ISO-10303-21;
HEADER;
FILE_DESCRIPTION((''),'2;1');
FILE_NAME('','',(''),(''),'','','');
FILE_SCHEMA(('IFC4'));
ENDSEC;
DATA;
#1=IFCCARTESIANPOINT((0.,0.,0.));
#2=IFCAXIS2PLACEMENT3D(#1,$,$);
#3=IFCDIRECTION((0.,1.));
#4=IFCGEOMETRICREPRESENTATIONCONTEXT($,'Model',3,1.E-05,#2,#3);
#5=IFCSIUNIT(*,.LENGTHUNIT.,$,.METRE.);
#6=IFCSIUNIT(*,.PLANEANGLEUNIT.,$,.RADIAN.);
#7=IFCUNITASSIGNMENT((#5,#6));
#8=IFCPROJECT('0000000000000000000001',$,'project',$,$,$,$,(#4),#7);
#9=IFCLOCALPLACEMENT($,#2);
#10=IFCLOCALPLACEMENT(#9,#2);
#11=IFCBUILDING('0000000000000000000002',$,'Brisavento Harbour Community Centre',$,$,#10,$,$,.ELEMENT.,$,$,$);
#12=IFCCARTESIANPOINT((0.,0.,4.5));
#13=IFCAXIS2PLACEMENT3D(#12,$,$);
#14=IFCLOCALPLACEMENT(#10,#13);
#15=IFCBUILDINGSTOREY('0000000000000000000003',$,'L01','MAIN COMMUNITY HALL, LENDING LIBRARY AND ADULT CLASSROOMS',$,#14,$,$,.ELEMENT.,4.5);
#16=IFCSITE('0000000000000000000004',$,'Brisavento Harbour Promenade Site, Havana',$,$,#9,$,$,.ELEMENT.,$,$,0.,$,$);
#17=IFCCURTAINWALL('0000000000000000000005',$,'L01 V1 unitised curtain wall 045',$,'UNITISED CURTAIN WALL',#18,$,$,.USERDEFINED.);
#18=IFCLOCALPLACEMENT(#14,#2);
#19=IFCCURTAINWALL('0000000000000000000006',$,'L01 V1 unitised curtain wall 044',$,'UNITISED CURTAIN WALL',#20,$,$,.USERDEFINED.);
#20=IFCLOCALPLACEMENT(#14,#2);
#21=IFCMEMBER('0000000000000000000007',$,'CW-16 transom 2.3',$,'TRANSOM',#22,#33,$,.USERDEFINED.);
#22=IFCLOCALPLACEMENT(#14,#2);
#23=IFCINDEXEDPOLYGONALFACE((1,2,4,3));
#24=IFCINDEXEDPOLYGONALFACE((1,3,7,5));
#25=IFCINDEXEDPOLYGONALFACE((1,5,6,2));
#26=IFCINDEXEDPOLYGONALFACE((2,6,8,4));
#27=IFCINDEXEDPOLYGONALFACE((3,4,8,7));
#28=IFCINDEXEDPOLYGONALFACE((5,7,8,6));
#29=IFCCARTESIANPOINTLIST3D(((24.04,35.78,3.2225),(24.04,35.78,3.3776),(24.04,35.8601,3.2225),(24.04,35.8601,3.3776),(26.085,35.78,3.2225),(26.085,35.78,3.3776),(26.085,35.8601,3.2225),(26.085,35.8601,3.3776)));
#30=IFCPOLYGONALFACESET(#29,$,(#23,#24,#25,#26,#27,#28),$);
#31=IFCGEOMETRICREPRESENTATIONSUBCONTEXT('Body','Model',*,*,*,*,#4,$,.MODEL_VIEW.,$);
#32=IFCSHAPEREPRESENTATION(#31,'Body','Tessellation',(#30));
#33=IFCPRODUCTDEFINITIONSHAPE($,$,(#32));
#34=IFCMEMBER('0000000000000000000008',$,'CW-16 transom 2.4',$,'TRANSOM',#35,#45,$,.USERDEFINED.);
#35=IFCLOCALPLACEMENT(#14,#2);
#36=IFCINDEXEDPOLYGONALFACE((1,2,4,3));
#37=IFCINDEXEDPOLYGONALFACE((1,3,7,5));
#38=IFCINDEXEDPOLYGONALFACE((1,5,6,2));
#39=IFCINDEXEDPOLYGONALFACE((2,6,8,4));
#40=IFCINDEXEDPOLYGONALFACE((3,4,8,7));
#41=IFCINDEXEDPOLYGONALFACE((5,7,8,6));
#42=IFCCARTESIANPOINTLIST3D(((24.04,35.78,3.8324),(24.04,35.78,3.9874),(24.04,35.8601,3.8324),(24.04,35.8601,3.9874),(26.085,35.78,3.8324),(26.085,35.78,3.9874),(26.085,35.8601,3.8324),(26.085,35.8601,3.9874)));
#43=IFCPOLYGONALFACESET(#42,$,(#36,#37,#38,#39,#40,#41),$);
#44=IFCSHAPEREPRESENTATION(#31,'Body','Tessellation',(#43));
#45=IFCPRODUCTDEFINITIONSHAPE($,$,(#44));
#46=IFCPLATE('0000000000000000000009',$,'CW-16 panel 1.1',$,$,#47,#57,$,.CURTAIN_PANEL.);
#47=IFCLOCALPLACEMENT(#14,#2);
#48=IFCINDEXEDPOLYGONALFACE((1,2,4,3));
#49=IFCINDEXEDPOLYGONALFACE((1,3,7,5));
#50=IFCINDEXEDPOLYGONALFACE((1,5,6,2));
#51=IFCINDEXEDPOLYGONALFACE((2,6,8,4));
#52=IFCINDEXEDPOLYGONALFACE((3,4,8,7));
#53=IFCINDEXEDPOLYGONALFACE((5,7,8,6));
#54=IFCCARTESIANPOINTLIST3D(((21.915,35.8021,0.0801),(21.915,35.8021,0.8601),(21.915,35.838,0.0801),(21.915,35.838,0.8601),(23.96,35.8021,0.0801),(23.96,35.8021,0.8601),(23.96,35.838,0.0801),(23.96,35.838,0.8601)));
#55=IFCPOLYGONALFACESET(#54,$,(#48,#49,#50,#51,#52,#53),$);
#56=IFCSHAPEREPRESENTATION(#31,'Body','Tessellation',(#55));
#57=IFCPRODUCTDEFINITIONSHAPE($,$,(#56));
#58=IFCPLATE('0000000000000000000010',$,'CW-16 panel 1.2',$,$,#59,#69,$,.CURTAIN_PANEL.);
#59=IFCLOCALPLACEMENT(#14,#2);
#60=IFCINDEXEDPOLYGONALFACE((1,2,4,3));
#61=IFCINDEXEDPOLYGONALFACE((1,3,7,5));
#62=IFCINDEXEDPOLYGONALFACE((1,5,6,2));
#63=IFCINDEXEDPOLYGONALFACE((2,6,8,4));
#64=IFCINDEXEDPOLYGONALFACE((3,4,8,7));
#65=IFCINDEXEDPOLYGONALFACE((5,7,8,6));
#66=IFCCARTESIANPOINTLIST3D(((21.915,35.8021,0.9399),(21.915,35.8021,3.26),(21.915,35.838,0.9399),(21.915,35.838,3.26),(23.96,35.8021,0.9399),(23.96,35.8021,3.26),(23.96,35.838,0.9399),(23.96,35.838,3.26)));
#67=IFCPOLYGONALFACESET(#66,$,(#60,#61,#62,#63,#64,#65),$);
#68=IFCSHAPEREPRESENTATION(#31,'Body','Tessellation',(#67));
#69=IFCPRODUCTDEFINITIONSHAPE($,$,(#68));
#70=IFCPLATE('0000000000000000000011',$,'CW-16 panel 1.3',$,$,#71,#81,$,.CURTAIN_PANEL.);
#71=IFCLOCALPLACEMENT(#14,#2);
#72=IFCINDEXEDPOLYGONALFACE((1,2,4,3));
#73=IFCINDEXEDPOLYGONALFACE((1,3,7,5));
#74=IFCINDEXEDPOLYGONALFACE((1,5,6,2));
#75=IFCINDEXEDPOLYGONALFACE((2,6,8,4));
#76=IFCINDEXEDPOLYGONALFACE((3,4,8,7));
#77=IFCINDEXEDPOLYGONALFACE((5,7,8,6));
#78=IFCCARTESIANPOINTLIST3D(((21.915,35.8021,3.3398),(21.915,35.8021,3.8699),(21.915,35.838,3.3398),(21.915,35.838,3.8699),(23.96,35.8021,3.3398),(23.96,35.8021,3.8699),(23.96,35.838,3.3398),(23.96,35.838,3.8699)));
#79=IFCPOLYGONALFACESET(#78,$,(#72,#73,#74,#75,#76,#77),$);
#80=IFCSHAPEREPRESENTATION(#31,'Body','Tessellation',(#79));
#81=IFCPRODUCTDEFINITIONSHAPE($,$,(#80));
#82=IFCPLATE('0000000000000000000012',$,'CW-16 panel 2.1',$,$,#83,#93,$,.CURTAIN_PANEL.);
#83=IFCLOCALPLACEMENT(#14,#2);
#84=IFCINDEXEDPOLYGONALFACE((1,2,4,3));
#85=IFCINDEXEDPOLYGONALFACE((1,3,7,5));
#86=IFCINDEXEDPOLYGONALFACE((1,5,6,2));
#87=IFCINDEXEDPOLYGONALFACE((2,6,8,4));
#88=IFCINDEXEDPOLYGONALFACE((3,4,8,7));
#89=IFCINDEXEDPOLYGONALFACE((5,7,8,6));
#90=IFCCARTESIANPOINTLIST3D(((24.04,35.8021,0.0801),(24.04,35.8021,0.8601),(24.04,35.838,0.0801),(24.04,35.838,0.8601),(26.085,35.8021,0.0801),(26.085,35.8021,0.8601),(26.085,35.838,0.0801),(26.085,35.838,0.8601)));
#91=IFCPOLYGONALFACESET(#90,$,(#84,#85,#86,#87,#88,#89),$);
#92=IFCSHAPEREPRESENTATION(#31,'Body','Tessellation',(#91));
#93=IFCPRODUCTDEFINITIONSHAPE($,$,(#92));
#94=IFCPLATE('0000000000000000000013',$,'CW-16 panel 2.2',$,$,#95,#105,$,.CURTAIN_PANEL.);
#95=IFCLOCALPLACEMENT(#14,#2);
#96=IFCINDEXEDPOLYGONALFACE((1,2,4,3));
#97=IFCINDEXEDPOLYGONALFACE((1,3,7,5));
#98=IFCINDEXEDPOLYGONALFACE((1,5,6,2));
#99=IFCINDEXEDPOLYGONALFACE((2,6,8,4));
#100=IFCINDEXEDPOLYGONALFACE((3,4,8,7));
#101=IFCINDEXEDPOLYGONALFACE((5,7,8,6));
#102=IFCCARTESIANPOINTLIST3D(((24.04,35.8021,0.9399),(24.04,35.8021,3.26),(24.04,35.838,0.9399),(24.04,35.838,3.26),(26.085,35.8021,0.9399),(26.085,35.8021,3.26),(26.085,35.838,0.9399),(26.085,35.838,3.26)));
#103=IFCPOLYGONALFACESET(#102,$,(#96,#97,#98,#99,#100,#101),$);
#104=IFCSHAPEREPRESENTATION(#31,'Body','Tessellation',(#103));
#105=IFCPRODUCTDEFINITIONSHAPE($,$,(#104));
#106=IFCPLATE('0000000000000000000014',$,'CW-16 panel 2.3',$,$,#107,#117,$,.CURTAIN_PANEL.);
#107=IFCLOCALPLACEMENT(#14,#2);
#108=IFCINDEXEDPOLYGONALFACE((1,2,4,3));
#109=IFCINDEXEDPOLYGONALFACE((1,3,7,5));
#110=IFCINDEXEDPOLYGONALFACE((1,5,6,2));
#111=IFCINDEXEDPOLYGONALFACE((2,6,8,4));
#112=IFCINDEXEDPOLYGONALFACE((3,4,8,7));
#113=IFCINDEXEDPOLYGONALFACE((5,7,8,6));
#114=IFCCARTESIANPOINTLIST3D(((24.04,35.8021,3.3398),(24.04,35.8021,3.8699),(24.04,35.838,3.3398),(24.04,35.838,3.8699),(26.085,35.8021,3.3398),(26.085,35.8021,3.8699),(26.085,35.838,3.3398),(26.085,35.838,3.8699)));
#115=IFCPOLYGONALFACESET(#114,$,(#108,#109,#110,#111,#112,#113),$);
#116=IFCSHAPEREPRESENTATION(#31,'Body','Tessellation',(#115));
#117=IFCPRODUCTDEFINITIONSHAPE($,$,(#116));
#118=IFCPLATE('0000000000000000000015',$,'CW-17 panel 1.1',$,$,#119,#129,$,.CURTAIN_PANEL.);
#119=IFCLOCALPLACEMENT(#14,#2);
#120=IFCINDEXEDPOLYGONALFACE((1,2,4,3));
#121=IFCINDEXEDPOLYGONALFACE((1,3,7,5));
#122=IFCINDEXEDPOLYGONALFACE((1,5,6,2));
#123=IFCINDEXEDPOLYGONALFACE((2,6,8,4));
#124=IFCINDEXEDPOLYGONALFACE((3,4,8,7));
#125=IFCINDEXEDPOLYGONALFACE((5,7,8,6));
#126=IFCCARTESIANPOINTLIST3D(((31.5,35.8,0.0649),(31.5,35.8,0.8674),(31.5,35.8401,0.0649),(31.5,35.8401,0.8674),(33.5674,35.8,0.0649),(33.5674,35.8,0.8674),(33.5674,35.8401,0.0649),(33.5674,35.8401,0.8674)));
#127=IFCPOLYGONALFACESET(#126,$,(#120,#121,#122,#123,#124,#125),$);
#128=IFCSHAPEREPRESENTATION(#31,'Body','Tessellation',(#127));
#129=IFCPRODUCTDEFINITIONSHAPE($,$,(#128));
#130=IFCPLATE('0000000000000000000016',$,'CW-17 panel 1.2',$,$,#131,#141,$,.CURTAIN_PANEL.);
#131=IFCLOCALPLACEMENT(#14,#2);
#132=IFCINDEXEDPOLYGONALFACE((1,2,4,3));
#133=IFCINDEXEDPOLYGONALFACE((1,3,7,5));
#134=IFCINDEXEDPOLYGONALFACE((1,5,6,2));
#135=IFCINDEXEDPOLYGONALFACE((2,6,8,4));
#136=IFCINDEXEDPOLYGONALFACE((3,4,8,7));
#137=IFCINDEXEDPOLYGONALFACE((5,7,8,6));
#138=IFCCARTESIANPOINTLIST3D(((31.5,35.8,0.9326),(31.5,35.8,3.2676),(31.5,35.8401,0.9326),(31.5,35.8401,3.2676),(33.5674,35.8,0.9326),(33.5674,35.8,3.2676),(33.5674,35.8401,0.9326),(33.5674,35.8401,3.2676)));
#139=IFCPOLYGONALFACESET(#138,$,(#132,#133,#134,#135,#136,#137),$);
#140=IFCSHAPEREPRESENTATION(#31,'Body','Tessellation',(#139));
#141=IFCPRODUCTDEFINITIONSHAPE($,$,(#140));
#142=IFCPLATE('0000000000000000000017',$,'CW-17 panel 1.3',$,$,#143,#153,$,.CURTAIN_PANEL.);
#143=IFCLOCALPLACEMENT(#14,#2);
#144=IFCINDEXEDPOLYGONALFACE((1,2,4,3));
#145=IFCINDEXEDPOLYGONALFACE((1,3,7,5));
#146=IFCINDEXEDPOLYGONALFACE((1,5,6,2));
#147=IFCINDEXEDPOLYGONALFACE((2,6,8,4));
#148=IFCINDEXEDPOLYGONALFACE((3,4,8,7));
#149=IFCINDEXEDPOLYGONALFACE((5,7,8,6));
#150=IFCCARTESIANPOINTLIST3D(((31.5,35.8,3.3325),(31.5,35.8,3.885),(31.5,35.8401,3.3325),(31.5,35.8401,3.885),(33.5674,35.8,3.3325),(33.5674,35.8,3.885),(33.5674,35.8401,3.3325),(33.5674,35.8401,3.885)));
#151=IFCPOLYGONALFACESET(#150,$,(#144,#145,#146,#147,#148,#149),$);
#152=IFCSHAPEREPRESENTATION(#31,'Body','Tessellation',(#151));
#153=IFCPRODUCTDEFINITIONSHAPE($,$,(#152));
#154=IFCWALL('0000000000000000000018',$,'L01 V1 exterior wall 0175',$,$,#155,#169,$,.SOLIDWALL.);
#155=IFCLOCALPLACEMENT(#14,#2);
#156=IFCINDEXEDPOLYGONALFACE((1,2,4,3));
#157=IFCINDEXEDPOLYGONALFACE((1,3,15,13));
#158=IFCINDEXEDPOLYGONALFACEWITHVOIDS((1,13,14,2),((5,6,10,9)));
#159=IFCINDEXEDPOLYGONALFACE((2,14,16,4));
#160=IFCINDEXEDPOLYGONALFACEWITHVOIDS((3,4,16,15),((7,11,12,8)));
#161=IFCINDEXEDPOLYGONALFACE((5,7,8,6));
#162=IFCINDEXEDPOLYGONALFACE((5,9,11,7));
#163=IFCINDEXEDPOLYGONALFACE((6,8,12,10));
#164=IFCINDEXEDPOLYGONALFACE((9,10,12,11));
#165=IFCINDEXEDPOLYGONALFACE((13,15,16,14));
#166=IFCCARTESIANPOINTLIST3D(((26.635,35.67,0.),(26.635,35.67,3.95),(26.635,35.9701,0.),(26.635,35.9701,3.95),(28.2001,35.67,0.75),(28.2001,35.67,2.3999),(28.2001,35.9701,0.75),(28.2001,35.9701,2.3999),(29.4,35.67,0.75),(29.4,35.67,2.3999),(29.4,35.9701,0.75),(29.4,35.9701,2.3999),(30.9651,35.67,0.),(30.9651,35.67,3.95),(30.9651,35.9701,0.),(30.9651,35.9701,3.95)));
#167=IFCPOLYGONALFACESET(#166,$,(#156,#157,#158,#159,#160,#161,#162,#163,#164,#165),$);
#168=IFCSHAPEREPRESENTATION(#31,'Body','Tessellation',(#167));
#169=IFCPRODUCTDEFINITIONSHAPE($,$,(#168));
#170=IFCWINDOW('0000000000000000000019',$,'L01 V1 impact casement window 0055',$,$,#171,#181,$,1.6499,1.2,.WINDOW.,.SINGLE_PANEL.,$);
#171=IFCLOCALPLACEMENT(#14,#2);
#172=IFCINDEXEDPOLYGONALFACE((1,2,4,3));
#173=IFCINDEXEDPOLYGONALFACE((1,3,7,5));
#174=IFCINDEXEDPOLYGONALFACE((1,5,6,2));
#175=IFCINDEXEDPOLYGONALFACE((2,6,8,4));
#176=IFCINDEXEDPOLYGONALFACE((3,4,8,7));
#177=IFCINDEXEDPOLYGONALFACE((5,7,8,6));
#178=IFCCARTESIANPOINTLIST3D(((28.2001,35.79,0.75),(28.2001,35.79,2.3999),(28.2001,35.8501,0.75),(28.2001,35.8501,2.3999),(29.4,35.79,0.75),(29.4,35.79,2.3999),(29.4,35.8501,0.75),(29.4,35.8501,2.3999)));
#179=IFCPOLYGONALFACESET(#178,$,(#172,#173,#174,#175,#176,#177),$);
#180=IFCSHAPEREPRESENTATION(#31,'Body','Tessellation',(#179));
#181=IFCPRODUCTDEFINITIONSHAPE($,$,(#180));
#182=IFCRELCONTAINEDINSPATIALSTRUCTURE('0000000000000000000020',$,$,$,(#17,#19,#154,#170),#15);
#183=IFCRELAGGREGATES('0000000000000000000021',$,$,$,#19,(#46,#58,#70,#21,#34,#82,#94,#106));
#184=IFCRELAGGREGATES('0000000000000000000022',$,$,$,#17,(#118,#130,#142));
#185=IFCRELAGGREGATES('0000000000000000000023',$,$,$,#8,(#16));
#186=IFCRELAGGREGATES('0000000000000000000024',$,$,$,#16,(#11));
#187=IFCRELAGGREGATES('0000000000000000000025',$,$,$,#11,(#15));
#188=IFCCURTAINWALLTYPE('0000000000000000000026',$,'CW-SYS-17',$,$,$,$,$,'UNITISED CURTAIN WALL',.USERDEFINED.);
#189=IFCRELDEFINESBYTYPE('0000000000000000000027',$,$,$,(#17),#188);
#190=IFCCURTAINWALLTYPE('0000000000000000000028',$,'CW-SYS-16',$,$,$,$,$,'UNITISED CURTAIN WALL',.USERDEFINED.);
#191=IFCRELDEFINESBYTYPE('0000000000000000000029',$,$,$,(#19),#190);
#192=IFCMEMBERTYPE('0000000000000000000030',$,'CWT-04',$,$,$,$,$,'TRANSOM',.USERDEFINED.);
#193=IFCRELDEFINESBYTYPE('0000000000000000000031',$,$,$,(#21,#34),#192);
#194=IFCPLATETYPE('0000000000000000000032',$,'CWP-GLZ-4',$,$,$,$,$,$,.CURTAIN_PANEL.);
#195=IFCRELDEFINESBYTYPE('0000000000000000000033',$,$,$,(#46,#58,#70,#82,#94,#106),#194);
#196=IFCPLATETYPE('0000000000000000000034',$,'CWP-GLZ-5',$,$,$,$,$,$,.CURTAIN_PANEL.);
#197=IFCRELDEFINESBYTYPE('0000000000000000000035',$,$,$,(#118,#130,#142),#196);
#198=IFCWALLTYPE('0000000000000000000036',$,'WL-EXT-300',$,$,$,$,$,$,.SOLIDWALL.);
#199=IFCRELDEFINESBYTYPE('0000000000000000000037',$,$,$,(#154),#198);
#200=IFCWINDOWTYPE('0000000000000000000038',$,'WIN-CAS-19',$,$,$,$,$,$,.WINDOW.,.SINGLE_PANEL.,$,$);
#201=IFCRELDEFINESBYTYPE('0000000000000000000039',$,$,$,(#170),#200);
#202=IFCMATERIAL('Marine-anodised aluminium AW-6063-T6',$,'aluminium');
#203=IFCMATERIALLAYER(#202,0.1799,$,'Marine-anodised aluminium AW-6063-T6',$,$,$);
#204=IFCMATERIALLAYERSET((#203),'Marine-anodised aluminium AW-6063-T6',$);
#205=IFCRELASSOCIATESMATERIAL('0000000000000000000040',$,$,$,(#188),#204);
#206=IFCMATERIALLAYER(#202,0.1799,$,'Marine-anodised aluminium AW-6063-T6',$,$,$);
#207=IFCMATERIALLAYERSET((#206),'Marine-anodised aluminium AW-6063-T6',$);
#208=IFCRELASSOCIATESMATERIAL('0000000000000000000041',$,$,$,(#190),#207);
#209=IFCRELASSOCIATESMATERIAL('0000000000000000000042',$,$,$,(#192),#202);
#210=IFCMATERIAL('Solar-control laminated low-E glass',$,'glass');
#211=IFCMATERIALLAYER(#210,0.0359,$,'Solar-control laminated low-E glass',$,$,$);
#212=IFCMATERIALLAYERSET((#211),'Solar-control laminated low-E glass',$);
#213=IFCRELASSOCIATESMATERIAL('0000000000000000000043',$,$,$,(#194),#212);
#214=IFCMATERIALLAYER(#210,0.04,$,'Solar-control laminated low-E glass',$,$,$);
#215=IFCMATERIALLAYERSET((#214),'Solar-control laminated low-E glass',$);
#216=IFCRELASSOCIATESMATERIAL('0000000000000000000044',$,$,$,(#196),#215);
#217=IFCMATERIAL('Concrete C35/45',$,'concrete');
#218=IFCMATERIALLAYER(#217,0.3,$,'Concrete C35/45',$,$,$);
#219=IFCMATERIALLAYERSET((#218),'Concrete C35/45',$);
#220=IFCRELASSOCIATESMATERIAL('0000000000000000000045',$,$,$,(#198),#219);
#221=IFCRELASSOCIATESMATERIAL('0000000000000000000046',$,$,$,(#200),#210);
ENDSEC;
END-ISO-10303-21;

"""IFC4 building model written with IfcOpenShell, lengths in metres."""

from ifc_helpers import new_model, si_unit, direction, frame, frame_2d, origin, origin_2d, place, context, subcontext, project, spatial, rectangle, extrude, material, layer, layer_set, material_profile, profile_set, type_object, element, fill, aggregate, save


model = new_model("IFC4")

# Units and contexts
model_context = context("Model", 3, precision=1e-05, world=origin(), true_north=direction((0.0, 1.0)))
body_context = subcontext(model_context, "Body", "Model", "MODEL_VIEW")
ifc_project = project(units=[si_unit("LENGTHUNIT", "METRE"), si_unit("PLANEANGLEUNIT", "RADIAN")], contexts=[model_context])

# Site, building, storey
site_placement = place(None, origin())
site = spatial("IfcSite", under=ifc_project, at=site_placement, Name="Brisavento Harbour Promenade Site, Havana", CompositionType="ELEMENT", RefElevation=0.0)
building_placement = place(site_placement, origin())
building = spatial("IfcBuilding", under=site, at=building_placement, Name="Brisavento Harbour Community Centre", CompositionType="ELEMENT")
storey_placement = place(building_placement, frame((0.0, 0.0, 4.5)))
storey = spatial("IfcBuildingStorey", under=building, at=storey_placement, Name="L01", Description="MAIN COMMUNITY HALL, LENDING LIBRARY AND ADULT CLASSROOMS", CompositionType="ELEMENT", Elevation=4.5)

# Curtain wall
ifc_material_1 = material(Name="Marine-anodised aluminium AW-6063-T6", Category="aluminium")
ifc_layer_1 = layer(ifc_material_1, 0.1799, Name="Marine-anodised aluminium AW-6063-T6")
ifc_layer_set_1 = layer_set([ifc_layer_1], Name="Marine-anodised aluminium AW-6063-T6")
curtain_wall_type_1 = type_object("IfcCurtainWallType", Name="CW-SYS-17", ElementType="UNITISED CURTAIN WALL", PredefinedType="USERDEFINED", material=ifc_layer_set_1)
curtain_wall_1_placement = place(storey_placement, origin())
curtain_wall_1 = element("IfcCurtainWall", 1, at=curtain_wall_1_placement, inside=storey, type_object=curtain_wall_type_1, Name="L01 V1 unitised curtain wall 045", ObjectType="UNITISED CURTAIN WALL", PredefinedType="USERDEFINED")

# Curtain wall
ifc_layer_2 = layer(ifc_material_1, 0.1799, Name="Marine-anodised aluminium AW-6063-T6")
ifc_layer_set_2 = layer_set([ifc_layer_2], Name="Marine-anodised aluminium AW-6063-T6")
curtain_wall_type_2 = type_object("IfcCurtainWallType", Name="CW-SYS-16", ElementType="UNITISED CURTAIN WALL", PredefinedType="USERDEFINED", material=ifc_layer_set_2)
curtain_wall_2_placement = place(storey_placement, origin())
curtain_wall_2 = element("IfcCurtainWall", 2, at=curtain_wall_2_placement, inside=storey, type_object=curtain_wall_type_2, Name="L01 V1 unitised curtain wall 044", ObjectType="UNITISED CURTAIN WALL", PredefinedType="USERDEFINED")

# Members
ifc_material_profile_1 = material_profile(ifc_material_1, rectangle(XDim=0.0801, YDim=0.155, at=origin_2d()), Name="Marine-anodised aluminium AW-6063-T6")
ifc_profile_set_1 = profile_set([ifc_material_profile_1], Name="Marine-anodised aluminium AW-6063-T6")
member_type_1 = type_object("IfcMemberType", Name="CWT-04", ElementType="TRANSOM", PredefinedType="USERDEFINED", material=ifc_profile_set_1)
member_1_placement = place(storey_placement, frame((24.04, 35.8201, 3.3), z_axis=(1.0, 0.0, 0.0), x_axis=(0.0, 1.0, 0.0)))
member_1 = element("IfcMember", 3, at=member_1_placement, type_object=member_type_1, Name="CW-16 transom 2.3", ObjectType="TRANSOM", PredefinedType="USERDEFINED", context=body_context, shape_type="SweptSolid", body=[
    extrude(rectangle(XDim=0.0801, YDim=0.155, at=origin_2d()), origin(), (0.0, 0.0, 1.0), 2.0449),
])
member_2_placement = place(storey_placement, frame((24.04, 35.8201, 3.9099), z_axis=(1.0, 0.0, 0.0), x_axis=(0.0, 1.0, 0.0)))
member_2 = element("IfcMember", 4, at=member_2_placement, type_object=member_type_1, Name="CW-16 transom 2.4", ObjectType="TRANSOM", PredefinedType="USERDEFINED", context=body_context, shape_type="SweptSolid", body=[
    extrude(rectangle(XDim=0.0801, YDim=0.155, at=origin_2d()), origin(), (0.0, 0.0, 1.0), 2.0449),
])

# Plates
ifc_material_2 = material(Name="Solar-control laminated low-E glass", Category="glass")
ifc_layer_3 = layer(ifc_material_2, 0.0359, Name="Solar-control laminated low-E glass")
ifc_layer_set_3 = layer_set([ifc_layer_3], Name="Solar-control laminated low-E glass")
plate_type_1 = type_object("IfcPlateType", Name="CWP-GLZ-4", PredefinedType="CURTAIN_PANEL", material=ifc_layer_set_3)
plate_1_placement = place(storey_placement, frame((22.9375, 35.8201, 0.0801), z_axis=(0.0, 0.0, 1.0), x_axis=(1.0, 0.0, 0.0)))
plate_1 = element("IfcPlate", 5, at=plate_1_placement, type_object=plate_type_1, Name="CW-16 panel 1.1", PredefinedType="CURTAIN_PANEL", context=body_context, shape_type="SweptSolid", body=[
    extrude(rectangle(XDim=2.0449, YDim=0.0359, at=origin_2d()), origin(), (0.0, 0.0, 1.0), 0.78),
])
plate_2_placement = place(storey_placement, frame((22.9375, 35.8201, 0.9399), z_axis=(0.0, 0.0, 1.0), x_axis=(1.0, 0.0, 0.0)))
plate_2 = element("IfcPlate", 6, at=plate_2_placement, type_object=plate_type_1, Name="CW-16 panel 1.2", PredefinedType="CURTAIN_PANEL", context=body_context, shape_type="SweptSolid", body=[
    extrude(rectangle(XDim=2.0449, YDim=0.0359, at=origin_2d()), origin(), (0.0, 0.0, 1.0), 2.3201),
])
plate_3_placement = place(storey_placement, frame((22.9375, 35.8201, 3.3398), z_axis=(0.0, 0.0, 1.0), x_axis=(1.0, 0.0, 0.0)))
plate_3 = element("IfcPlate", 7, at=plate_3_placement, type_object=plate_type_1, Name="CW-16 panel 1.3", PredefinedType="CURTAIN_PANEL", context=body_context, shape_type="SweptSolid", body=[
    extrude(rectangle(XDim=2.0449, YDim=0.0359, at=origin_2d()), origin(), (0.0, 0.0, 1.0), 0.53),
])
plate_4_placement = place(storey_placement, frame((25.0625, 35.8201, 0.0801), z_axis=(0.0, 0.0, 1.0), x_axis=(1.0, 0.0, 0.0)))
plate_4 = element("IfcPlate", 8, at=plate_4_placement, type_object=plate_type_1, Name="CW-16 panel 2.1", PredefinedType="CURTAIN_PANEL", context=body_context, shape_type="SweptSolid", body=[
    extrude(rectangle(XDim=2.0449, YDim=0.0359, at=origin_2d()), origin(), (0.0, 0.0, 1.0), 0.78),
])
plate_5_placement = place(storey_placement, frame((25.0625, 35.8201, 0.9399), z_axis=(0.0, 0.0, 1.0), x_axis=(1.0, 0.0, 0.0)))
plate_5 = element("IfcPlate", 9, at=plate_5_placement, type_object=plate_type_1, Name="CW-16 panel 2.2", PredefinedType="CURTAIN_PANEL", context=body_context, shape_type="SweptSolid", body=[
    extrude(rectangle(XDim=2.0449, YDim=0.0359, at=origin_2d()), origin(), (0.0, 0.0, 1.0), 2.3201),
])
plate_6_placement = place(storey_placement, frame((25.0625, 35.8201, 3.3398), z_axis=(0.0, 0.0, 1.0), x_axis=(1.0, 0.0, 0.0)))
plate_6 = element("IfcPlate", 10, at=plate_6_placement, type_object=plate_type_1, Name="CW-16 panel 2.3", PredefinedType="CURTAIN_PANEL", context=body_context, shape_type="SweptSolid", body=[
    extrude(rectangle(XDim=2.0449, YDim=0.0359, at=origin_2d()), origin(), (0.0, 0.0, 1.0), 0.53),
])
aggregate(curtain_wall_2, [plate_1, plate_2, plate_3, member_1, member_2, plate_4, plate_5, plate_6])
ifc_layer_4 = layer(ifc_material_2, 0.04, Name="Solar-control laminated low-E glass")
ifc_layer_set_4 = layer_set([ifc_layer_4], Name="Solar-control laminated low-E glass")
plate_type_2 = type_object("IfcPlateType", Name="CWP-GLZ-5", PredefinedType="CURTAIN_PANEL", material=ifc_layer_set_4)
plate_7_placement = place(storey_placement, frame((32.5337, 35.8201, 0.0649), z_axis=(0.0, 0.0, 1.0), x_axis=(1.0, 0.0, 0.0)))
plate_7 = element("IfcPlate", 11, at=plate_7_placement, type_object=plate_type_2, Name="CW-17 panel 1.1", PredefinedType="CURTAIN_PANEL", context=body_context, shape_type="SweptSolid", body=[
    extrude(rectangle(XDim=2.0674, YDim=0.04, at=origin_2d()), origin(), (0.0, 0.0, 1.0), 0.8025),
])
plate_8_placement = place(storey_placement, frame((32.5337, 35.8201, 0.9326), z_axis=(0.0, 0.0, 1.0), x_axis=(1.0, 0.0, 0.0)))
plate_8 = element("IfcPlate", 12, at=plate_8_placement, type_object=plate_type_2, Name="CW-17 panel 1.2", PredefinedType="CURTAIN_PANEL", context=body_context, shape_type="SweptSolid", body=[
    extrude(rectangle(XDim=2.0674, YDim=0.04, at=origin_2d()), origin(), (0.0, 0.0, 1.0), 2.335),
])
plate_9_placement = place(storey_placement, frame((32.5337, 35.8201, 3.3325), z_axis=(0.0, 0.0, 1.0), x_axis=(1.0, 0.0, 0.0)))
plate_9 = element("IfcPlate", 13, at=plate_9_placement, type_object=plate_type_2, Name="CW-17 panel 1.3", PredefinedType="CURTAIN_PANEL", context=body_context, shape_type="SweptSolid", body=[
    extrude(rectangle(XDim=2.0674, YDim=0.04, at=origin_2d()), origin(), (0.0, 0.0, 1.0), 0.5525),
])
aggregate(curtain_wall_1, [plate_7, plate_8, plate_9])

# Wall, opening, window
ifc_material_3 = material(Name="Concrete C35/45", Category="concrete")
ifc_layer_5 = layer(ifc_material_3, 0.3, Name="Concrete C35/45")
ifc_layer_set_5 = layer_set([ifc_layer_5], Name="Concrete C35/45")
wall_type = type_object("IfcWallType", Name="WL-EXT-300", PredefinedType="SOLIDWALL", material=ifc_layer_set_5)
wall_placement = place(storey_placement, frame((26.635, 35.8201, 0.0), z_axis=(0.0, 0.0, 1.0), x_axis=(1.0, 0.0, 0.0)))
wall = element("IfcWall", 14, at=wall_placement, inside=storey, type_object=wall_type, Name="L01 V1 exterior wall 0175", PredefinedType="SOLIDWALL", context=body_context, shape_type="SweptSolid", body=[
    extrude(rectangle(XDim=4.3301, YDim=0.3, at=frame_2d((2.165, 0.0))), origin(), (0.0, 0.0, 1.0), 3.95),
])
opening_placement = place(wall_placement, frame((1.5649, 0.0, 0.75)))
opening = element("IfcOpeningElement", 15, at=opening_placement, cuts=wall, PredefinedType="OPENING", context=body_context, shape_type="SweptSolid", body=[
    extrude(rectangle(XDim=1.2, YDim=1.6499, at=frame_2d((0.6001, 0.825))), frame((0.0, 0.1602, 0.0), z_axis=(0.0, -1.0, 0.0), x_axis=(1.0, 0.0, 0.0)), (0.0, 0.0, 1.0), 0.3201),
])
window_type = type_object("IfcWindowType", Name="WIN-CAS-19", PartitioningType="SINGLE_PANEL", PredefinedType="WINDOW", material=ifc_material_2)
window_placement = place(opening_placement, origin())
window = element("IfcWindow", 16, at=window_placement, inside=storey, type_object=window_type, Name="L01 V1 impact casement window 0055", OverallHeight=1.6499, OverallWidth=1.2, PartitioningType="SINGLE_PANEL", PredefinedType="WINDOW", context=body_context, shape_type="SweptSolid", body=[
    extrude(rectangle(XDim=1.2, YDim=1.6499, at=frame_2d((0.6001, 0.825))), frame((0.0, 0.03, 0.0), z_axis=(0.0, -1.0, 0.0), x_axis=(1.0, 0.0, 0.0)), (0.0, 0.0, 1.0), 0.0601),
])
fill(opening, window)

save(model, "model.ifc")
